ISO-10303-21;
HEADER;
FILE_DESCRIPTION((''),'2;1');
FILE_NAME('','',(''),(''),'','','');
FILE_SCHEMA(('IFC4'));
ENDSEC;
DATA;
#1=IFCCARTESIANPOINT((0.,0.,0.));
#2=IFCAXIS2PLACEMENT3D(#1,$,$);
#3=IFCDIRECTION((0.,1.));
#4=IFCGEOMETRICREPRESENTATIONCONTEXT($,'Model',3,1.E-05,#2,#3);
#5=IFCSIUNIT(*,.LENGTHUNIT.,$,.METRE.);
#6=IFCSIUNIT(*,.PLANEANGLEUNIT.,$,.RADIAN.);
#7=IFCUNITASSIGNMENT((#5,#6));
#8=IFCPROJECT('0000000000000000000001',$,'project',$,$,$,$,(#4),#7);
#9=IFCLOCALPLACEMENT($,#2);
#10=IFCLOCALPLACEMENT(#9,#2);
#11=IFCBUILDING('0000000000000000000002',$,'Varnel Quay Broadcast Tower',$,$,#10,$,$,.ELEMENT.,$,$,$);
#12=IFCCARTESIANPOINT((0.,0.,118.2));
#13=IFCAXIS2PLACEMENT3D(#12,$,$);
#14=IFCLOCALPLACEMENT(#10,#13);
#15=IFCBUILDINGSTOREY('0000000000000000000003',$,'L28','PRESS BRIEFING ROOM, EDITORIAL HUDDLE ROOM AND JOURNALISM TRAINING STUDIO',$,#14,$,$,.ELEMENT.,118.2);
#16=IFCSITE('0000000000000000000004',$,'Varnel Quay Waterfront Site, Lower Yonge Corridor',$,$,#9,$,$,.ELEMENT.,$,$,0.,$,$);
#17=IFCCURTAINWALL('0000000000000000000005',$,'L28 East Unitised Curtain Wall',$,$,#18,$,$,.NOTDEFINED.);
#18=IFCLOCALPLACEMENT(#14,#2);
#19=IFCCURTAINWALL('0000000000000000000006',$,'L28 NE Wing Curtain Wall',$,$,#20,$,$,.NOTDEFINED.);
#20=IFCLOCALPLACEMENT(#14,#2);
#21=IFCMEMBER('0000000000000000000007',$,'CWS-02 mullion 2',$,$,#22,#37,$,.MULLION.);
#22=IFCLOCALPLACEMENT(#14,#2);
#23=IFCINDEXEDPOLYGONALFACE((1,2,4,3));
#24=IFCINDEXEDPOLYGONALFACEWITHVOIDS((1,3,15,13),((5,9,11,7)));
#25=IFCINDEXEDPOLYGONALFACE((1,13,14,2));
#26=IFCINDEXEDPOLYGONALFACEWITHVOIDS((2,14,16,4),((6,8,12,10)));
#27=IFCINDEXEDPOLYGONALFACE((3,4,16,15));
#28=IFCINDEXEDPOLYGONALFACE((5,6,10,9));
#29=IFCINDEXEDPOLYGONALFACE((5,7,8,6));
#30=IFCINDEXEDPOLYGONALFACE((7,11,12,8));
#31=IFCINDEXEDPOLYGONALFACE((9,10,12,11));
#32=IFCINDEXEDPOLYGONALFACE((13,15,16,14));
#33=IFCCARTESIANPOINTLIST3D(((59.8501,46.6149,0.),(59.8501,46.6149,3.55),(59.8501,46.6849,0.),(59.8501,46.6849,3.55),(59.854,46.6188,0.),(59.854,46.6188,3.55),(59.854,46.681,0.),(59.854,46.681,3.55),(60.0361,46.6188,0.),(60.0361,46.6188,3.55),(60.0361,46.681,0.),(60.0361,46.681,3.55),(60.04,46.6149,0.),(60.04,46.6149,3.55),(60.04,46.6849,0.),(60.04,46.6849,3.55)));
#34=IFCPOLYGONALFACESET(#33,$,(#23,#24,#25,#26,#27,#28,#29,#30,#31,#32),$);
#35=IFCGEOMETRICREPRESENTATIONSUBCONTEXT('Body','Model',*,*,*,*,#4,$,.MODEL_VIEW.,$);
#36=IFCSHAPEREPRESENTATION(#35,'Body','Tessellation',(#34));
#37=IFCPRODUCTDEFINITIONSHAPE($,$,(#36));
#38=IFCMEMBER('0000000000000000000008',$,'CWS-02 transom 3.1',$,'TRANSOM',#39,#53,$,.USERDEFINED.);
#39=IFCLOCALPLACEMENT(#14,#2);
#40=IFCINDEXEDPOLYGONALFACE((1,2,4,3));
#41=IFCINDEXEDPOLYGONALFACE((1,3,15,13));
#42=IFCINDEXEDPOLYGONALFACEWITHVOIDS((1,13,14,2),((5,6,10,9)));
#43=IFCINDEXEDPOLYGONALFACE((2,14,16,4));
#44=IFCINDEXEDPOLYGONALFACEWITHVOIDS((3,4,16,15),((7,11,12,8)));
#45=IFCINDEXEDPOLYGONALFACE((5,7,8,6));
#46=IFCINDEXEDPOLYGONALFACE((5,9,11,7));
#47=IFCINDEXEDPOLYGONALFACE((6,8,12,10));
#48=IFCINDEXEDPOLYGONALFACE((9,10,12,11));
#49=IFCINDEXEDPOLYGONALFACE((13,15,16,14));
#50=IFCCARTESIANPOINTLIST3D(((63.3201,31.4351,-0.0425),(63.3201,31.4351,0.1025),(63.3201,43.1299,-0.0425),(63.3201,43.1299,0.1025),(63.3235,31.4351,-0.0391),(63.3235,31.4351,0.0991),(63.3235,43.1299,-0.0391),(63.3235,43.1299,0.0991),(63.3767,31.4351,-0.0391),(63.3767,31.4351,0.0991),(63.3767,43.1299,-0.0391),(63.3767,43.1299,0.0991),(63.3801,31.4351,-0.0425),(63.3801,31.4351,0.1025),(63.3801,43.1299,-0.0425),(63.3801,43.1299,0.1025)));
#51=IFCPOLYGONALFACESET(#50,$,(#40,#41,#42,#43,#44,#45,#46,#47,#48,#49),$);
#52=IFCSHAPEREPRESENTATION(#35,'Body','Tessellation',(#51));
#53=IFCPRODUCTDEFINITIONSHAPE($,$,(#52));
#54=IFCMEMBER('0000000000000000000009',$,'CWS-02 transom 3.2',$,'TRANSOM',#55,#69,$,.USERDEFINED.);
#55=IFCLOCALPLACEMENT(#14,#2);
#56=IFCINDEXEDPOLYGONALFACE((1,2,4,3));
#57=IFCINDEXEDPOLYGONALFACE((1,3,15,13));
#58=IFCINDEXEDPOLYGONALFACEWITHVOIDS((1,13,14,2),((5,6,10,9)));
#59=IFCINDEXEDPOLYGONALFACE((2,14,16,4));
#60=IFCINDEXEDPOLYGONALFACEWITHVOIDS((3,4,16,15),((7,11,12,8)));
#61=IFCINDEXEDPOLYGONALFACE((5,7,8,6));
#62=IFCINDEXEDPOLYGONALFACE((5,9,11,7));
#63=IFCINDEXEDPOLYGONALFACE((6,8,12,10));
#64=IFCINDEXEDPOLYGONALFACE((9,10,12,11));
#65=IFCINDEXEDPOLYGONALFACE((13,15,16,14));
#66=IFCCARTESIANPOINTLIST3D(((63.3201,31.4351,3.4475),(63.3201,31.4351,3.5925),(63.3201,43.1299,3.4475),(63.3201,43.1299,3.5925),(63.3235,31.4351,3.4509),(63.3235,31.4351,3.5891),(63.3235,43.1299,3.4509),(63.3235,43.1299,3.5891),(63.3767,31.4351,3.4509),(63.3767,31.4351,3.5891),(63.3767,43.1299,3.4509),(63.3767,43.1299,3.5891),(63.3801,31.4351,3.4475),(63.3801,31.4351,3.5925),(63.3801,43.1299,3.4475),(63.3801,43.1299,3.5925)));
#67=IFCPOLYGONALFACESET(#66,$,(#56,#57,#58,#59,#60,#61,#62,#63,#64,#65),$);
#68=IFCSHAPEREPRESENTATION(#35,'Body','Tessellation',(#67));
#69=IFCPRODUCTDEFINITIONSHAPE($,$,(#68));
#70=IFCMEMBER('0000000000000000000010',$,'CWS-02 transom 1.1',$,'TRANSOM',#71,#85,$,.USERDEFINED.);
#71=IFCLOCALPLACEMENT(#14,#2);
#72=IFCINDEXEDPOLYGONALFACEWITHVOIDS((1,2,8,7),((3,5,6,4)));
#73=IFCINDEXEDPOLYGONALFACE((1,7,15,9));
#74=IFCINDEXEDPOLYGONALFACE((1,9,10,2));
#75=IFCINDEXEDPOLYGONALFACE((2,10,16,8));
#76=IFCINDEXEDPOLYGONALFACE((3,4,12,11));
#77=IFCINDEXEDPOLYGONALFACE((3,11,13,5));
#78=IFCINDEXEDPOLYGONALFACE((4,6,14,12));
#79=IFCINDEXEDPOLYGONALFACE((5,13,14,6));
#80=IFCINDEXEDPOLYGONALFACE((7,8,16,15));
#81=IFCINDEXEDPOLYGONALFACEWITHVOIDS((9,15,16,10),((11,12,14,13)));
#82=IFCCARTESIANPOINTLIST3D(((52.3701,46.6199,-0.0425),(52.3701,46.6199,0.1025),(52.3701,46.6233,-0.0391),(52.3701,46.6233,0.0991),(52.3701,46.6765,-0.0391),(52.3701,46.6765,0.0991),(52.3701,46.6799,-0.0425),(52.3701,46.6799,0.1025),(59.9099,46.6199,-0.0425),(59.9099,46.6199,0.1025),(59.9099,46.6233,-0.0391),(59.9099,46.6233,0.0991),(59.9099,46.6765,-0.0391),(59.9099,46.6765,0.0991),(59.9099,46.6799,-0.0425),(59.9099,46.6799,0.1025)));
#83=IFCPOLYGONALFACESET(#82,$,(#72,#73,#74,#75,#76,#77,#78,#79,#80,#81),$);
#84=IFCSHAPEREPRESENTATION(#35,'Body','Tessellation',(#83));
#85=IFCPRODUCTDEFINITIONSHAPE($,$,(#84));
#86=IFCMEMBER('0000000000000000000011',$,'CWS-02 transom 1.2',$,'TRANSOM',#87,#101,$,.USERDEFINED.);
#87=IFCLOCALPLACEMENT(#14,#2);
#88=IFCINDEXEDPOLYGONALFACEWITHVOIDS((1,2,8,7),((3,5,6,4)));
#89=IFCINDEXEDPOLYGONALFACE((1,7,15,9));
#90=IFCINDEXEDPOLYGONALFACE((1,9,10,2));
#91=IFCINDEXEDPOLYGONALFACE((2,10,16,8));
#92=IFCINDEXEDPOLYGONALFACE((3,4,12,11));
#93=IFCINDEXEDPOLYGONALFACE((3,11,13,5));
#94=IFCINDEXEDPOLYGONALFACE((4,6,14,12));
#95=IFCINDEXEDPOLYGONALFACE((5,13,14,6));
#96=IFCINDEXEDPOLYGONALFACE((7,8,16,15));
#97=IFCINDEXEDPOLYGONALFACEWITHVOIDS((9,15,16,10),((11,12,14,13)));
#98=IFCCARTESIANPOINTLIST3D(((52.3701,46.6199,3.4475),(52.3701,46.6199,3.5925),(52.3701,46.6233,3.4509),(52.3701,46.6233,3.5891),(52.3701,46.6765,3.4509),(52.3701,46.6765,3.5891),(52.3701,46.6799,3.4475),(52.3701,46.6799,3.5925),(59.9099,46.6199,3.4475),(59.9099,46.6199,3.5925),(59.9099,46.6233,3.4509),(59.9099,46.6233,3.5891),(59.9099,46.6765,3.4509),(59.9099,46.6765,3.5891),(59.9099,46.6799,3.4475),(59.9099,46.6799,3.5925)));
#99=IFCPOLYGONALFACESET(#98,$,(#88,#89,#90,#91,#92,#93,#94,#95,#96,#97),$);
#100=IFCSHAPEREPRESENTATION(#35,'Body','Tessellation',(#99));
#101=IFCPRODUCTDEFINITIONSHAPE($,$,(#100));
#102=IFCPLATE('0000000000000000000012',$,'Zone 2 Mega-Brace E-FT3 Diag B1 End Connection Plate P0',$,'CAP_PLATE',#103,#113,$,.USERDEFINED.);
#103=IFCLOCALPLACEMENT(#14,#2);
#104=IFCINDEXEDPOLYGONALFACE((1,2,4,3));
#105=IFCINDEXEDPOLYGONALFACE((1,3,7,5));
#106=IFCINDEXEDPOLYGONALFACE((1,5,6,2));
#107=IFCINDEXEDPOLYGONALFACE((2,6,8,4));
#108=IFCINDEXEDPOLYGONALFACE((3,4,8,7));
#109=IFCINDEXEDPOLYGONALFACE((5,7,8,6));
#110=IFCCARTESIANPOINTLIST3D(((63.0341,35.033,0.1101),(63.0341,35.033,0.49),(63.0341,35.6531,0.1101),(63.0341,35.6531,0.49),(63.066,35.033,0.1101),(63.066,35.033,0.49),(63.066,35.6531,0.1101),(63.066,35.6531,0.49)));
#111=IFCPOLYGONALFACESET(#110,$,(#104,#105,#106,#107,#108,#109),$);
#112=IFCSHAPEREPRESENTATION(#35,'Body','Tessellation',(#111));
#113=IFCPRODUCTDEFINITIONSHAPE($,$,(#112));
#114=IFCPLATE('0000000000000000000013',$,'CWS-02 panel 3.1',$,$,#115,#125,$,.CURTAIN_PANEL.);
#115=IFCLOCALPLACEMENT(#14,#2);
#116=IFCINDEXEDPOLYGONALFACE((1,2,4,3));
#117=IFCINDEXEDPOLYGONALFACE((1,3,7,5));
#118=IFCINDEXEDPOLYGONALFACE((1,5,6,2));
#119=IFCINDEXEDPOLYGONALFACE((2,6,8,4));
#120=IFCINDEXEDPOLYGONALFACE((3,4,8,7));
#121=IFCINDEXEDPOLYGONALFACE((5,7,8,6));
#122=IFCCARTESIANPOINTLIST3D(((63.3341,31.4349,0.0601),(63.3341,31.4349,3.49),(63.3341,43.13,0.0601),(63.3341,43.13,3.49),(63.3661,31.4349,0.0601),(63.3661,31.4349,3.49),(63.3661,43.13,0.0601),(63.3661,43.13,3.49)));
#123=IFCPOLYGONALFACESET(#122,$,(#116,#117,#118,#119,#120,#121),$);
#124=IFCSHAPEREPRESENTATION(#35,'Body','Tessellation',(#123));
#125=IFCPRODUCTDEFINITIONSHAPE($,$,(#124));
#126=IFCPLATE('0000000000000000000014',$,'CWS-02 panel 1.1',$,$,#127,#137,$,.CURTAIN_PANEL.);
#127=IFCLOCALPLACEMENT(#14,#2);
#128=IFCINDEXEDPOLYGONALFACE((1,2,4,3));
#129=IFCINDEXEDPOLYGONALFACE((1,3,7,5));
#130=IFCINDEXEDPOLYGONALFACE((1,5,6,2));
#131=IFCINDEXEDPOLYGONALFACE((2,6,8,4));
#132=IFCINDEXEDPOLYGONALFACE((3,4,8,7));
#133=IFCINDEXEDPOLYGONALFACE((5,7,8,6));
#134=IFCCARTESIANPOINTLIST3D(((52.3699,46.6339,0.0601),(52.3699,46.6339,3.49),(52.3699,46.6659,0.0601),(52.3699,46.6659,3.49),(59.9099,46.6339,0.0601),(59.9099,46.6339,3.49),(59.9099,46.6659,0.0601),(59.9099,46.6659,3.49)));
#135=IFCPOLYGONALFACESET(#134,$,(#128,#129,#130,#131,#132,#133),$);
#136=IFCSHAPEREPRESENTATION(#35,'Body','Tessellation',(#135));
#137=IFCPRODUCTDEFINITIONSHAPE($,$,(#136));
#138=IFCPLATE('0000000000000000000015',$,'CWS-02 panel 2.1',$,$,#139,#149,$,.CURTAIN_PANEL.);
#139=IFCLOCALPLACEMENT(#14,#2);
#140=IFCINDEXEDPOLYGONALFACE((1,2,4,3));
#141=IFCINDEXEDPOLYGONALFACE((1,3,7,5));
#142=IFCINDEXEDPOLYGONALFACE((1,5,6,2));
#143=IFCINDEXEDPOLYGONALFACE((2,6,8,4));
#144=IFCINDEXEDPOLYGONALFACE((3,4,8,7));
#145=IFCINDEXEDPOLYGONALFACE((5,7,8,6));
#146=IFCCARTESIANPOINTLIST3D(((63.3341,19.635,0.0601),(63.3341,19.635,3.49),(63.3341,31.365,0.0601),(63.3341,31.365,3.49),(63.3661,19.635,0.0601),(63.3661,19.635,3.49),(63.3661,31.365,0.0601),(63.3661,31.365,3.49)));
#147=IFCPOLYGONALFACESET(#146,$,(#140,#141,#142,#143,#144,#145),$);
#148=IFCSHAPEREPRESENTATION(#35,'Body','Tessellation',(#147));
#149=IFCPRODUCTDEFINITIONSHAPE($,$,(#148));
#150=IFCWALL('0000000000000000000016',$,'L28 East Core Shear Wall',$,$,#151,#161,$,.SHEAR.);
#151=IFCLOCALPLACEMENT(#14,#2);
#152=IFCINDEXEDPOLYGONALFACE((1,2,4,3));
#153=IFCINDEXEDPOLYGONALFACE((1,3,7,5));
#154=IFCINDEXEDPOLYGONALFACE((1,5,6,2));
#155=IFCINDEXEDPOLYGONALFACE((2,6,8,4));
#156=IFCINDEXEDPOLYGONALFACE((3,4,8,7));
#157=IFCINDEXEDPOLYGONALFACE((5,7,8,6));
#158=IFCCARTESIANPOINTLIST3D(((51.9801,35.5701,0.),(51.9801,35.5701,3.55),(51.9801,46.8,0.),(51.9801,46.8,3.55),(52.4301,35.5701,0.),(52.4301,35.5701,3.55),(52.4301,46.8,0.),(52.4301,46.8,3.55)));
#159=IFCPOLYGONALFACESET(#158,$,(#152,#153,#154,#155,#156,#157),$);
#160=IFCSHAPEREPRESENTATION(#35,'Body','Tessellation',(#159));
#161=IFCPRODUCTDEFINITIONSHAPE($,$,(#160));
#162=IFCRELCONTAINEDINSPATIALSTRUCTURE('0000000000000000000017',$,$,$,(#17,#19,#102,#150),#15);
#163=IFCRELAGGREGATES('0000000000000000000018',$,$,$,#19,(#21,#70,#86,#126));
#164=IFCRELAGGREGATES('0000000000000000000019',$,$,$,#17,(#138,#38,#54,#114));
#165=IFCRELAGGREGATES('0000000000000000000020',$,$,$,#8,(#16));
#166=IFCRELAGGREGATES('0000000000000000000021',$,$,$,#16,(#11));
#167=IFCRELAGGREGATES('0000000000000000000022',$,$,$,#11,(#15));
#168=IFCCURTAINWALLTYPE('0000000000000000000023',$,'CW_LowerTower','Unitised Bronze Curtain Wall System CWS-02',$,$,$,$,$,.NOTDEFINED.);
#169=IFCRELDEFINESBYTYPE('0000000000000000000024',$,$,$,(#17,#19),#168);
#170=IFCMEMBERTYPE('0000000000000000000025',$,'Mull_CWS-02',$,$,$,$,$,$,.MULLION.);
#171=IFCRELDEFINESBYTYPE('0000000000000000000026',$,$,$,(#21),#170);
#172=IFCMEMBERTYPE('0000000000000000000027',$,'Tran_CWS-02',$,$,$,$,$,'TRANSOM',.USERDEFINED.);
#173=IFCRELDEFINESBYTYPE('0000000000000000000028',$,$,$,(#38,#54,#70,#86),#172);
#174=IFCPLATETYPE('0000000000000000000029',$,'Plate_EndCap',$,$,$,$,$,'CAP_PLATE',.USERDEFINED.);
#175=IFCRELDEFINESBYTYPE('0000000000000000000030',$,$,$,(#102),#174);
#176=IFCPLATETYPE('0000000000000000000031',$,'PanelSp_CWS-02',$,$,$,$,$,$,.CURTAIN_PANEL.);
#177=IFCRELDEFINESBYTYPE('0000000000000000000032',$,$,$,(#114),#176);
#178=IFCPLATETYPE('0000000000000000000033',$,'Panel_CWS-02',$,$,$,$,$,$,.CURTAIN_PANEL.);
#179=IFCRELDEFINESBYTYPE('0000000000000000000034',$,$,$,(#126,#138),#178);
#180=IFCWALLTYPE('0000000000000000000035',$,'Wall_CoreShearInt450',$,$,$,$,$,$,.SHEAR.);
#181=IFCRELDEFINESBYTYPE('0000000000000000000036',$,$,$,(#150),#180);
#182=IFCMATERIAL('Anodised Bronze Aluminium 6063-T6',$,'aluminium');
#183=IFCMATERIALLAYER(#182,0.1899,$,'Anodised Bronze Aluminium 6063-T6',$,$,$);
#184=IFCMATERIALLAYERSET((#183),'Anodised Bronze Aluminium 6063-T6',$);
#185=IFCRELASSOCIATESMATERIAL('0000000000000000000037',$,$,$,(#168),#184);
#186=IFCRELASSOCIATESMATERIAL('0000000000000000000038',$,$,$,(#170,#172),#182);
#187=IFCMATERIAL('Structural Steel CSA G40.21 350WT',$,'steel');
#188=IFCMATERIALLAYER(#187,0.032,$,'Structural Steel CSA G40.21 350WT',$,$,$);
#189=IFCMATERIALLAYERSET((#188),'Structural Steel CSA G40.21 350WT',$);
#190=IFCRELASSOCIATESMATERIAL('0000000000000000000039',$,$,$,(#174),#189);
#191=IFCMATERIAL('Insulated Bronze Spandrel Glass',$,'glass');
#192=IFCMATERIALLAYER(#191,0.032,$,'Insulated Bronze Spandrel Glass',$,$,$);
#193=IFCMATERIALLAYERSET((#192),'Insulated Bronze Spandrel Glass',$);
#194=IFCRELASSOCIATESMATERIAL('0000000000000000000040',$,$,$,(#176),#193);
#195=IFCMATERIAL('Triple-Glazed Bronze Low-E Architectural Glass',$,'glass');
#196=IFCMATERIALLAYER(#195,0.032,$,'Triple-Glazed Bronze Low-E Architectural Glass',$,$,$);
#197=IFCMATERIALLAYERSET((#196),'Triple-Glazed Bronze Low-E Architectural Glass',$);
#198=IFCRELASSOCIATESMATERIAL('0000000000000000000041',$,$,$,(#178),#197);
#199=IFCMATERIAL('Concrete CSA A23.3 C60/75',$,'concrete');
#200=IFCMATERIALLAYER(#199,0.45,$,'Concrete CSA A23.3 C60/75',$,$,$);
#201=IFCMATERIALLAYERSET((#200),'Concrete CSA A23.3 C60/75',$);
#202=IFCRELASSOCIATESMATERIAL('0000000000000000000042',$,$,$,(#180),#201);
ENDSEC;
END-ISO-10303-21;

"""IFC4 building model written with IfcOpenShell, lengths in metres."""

from ifc_helpers import new_model, si_unit, direction, frame, frame_2d, origin, origin_2d, place, context, subcontext, project, spatial, rectangle, hollow_rectangle, extrude, source, transform, mapped, material, layer, layer_set, material_profile, profile_set, type_object, type_shapes, element, aggregate, save


model = new_model("IFC4")

# Units and contexts
model_context = context("Model", 3, precision=1e-05, world=origin(), true_north=direction((0.0, 1.0)))
body_context = subcontext(model_context, "Body", "Model", "MODEL_VIEW")
ifc_project = project(units=[si_unit("LENGTHUNIT", "METRE"), si_unit("PLANEANGLEUNIT", "RADIAN")], contexts=[model_context])

# Site, building, storey
site_placement = place(None, origin())
site = spatial("IfcSite", under=ifc_project, at=site_placement, Name="Varnel Quay Waterfront Site, Lower Yonge Corridor", CompositionType="ELEMENT", RefElevation=0.0)
building_placement = place(site_placement, origin())
building = spatial("IfcBuilding", under=site, at=building_placement, Name="Varnel Quay Broadcast Tower", CompositionType="ELEMENT")
storey_placement = place(building_placement, frame((0.0, 0.0, 118.2)))
storey = spatial("IfcBuildingStorey", under=building, at=storey_placement, Name="L28", Description="PRESS BRIEFING ROOM, EDITORIAL HUDDLE ROOM AND JOURNALISM TRAINING STUDIO", CompositionType="ELEMENT", Elevation=118.2)

# Shared definitions
ifc_material_1 = material(Name="Structural Steel CSA G40.21 350WT", Category="steel")

# Curtain walls, member
ifc_material_2 = material(Name="Anodised Bronze Aluminium 6063-T6", Category="aluminium")
ifc_layer_1 = layer(ifc_material_2, 0.1899, Name="Anodised Bronze Aluminium 6063-T6")
ifc_layer_set_1 = layer_set([ifc_layer_1], Name="Anodised Bronze Aluminium 6063-T6")
curtain_wall_type = type_object("IfcCurtainWallType", Name="CW_LowerTower", Description="Unitised Bronze Curtain Wall System CWS-02", PredefinedType="NOTDEFINED", material=ifc_layer_set_1)
curtain_wall_1_placement = place(storey_placement, origin())
curtain_wall_1 = element("IfcCurtainWall", 1, at=curtain_wall_1_placement, inside=storey, type_object=curtain_wall_type, Name="L28 East Unitised Curtain Wall", PredefinedType="NOTDEFINED")
ifc_material_profile_1 = material_profile(ifc_material_2, hollow_rectangle(XDim=0.0701, YDim=0.1899, WallThickness=0.0039, at=origin_2d()), Name="ALU70X190X4")
ifc_profile_set_1 = profile_set([ifc_material_profile_1], Name="Anodised Bronze Aluminium 6063-T6")
member_type_1 = type_object("IfcMemberType", Name="Mull_CWS-02", PredefinedType="MULLION", material=ifc_profile_set_1)
shared_shape_1 = source(origin(), body_context, "Body", "SweptSolid", [
    extrude(hollow_rectangle(XDim=0.0701, YDim=0.1899, WallThickness=0.0039, at=origin_2d()), origin(), (0.0, 0.0, 1.0), 3.55),
])
type_shapes(member_type_1, [shared_shape_1])
curtain_wall_2_placement = place(storey_placement, origin())
curtain_wall_2 = element("IfcCurtainWall", 2, at=curtain_wall_2_placement, inside=storey, type_object=curtain_wall_type, Name="L28 NE Wing Curtain Wall", PredefinedType="NOTDEFINED")
member_1_placement = place(storey_placement, frame((59.9451, 46.6499, 0.0), z_axis=(0.0, 0.0, 1.0), x_axis=(0.0, 1.0, 0.0)))
member_1 = element("IfcMember", 3, at=member_1_placement, type_object=member_type_1, Name="CWS-02 mullion 2", PredefinedType="MULLION", context=body_context, shape_type="MappedRepresentation", body=[
    mapped(shared_shape_1, transform((0.0, 0.0, 0.0), x_axis=(1.0, 0.0, 0.0), y_axis=(0.0, 1.0, 0.0), z_axis=(0.0, 0.0, 1.0), scale=1.0)),
])

# Members
ifc_material_profile_2 = material_profile(ifc_material_2, hollow_rectangle(XDim=0.0601, YDim=0.145, WallThickness=0.0034, at=origin_2d()), Name="ALU60X145X3.5")
ifc_profile_set_2 = profile_set([ifc_material_profile_2], Name="Anodised Bronze Aluminium 6063-T6")
member_type_2 = type_object("IfcMemberType", Name="Tran_CWS-02", ElementType="TRANSOM", PredefinedType="USERDEFINED", material=ifc_profile_set_2)
shared_shape_2 = source(origin(), body_context, "Body", "SweptSolid", [
    extrude(hollow_rectangle(XDim=0.0601, YDim=0.145, WallThickness=0.0034, at=origin_2d()), origin(), (0.0, 0.0, 1.0), 11.6948),
])
member_2_placement = place(storey_placement, frame((63.3501, 31.4351, 0.03), z_axis=(0.0, 1.0, 0.0), x_axis=(-1.0, 0.0, 0.0)))
member_2 = element("IfcMember", 4, at=member_2_placement, type_object=member_type_2, Name="CWS-02 transom 3.1", ObjectType="TRANSOM", PredefinedType="USERDEFINED", context=body_context, shape_type="MappedRepresentation", body=[
    mapped(shared_shape_2, transform((0.0, 0.0, 0.0), x_axis=(1.0, 0.0, 0.0), y_axis=(0.0, 1.0, 0.0), z_axis=(0.0, 0.0, 1.0), scale=1.0)),
])
member_3_placement = place(storey_placement, frame((63.3501, 31.4351, 3.52), z_axis=(0.0, 1.0, 0.0), x_axis=(-1.0, 0.0, 0.0)))
member_3 = element("IfcMember", 5, at=member_3_placement, type_object=member_type_2, Name="CWS-02 transom 3.2", ObjectType="TRANSOM", PredefinedType="USERDEFINED", context=body_context, shape_type="MappedRepresentation", body=[
    mapped(shared_shape_2, transform((0.0, 0.0, 0.0), x_axis=(1.0, 0.0, 0.0), y_axis=(0.0, 1.0, 0.0), z_axis=(0.0, 0.0, 1.0), scale=1.0)),
])
shared_shape_3 = source(origin(), body_context, "Body", "SweptSolid", [
    extrude(hollow_rectangle(XDim=0.0601, YDim=0.145, WallThickness=0.0034, at=origin_2d()), origin(), (0.0, 0.0, 1.0), 7.5398),
])
type_shapes(member_type_2, [shared_shape_2, shared_shape_3])
member_4_placement = place(storey_placement, frame((52.3701, 46.6499, 0.03), z_axis=(1.0, 0.0, 0.0), x_axis=(0.0, 1.0, 0.0)))
member_4 = element("IfcMember", 6, at=member_4_placement, type_object=member_type_2, Name="CWS-02 transom 1.1", ObjectType="TRANSOM", PredefinedType="USERDEFINED", context=body_context, shape_type="MappedRepresentation", body=[
    mapped(shared_shape_3, transform((0.0, 0.0, 0.0), x_axis=(1.0, 0.0, 0.0), y_axis=(0.0, 1.0, 0.0), z_axis=(0.0, 0.0, 1.0), scale=1.0)),
])
member_5_placement = place(storey_placement, frame((52.3701, 46.6499, 3.52), z_axis=(1.0, 0.0, 0.0), x_axis=(0.0, 1.0, 0.0)))
member_5 = element("IfcMember", 7, at=member_5_placement, type_object=member_type_2, Name="CWS-02 transom 1.2", ObjectType="TRANSOM", PredefinedType="USERDEFINED", context=body_context, shape_type="MappedRepresentation", body=[
    mapped(shared_shape_3, transform((0.0, 0.0, 0.0), x_axis=(1.0, 0.0, 0.0), y_axis=(0.0, 1.0, 0.0), z_axis=(0.0, 0.0, 1.0), scale=1.0)),
])

# Plates
ifc_layer_2 = layer(ifc_material_1, 0.032, Name="Structural Steel CSA G40.21 350WT")
ifc_layer_set_2 = layer_set([ifc_layer_2], Name="Structural Steel CSA G40.21 350WT")
plate_type_1 = type_object("IfcPlateType", Name="Plate_EndCap", ElementType="CAP_PLATE", PredefinedType="USERDEFINED", material=ifc_layer_set_2)
shared_shape_4 = source(origin(), body_context, "Body", "SweptSolid", [
    extrude(rectangle(XDim=0.6201, YDim=0.032, at=origin_2d()), origin(), (0.0, 0.0, 1.0), 0.3799),
])
type_shapes(plate_type_1, [shared_shape_4])
plate_1_placement = place(storey_placement, frame((63.05, 35.343, 0.1101), z_axis=(0.0, 0.0, 1.0), x_axis=(0.0, 1.0, 0.0)))
element("IfcPlate", 8, at=plate_1_placement, inside=storey, type_object=plate_type_1, Name="Zone 2 Mega-Brace E-FT3 Diag B1 End Connection Plate P0", ObjectType="CAP_PLATE", PredefinedType="USERDEFINED", context=body_context, shape_type="MappedRepresentation", body=[
    mapped(shared_shape_4, transform((0.0, 0.0, 0.0), x_axis=(1.0, 0.0, 0.0), y_axis=(0.0, 1.0, 0.0), z_axis=(0.0, 0.0, 1.0), scale=1.0)),
])
ifc_material_3 = material(Name="Insulated Bronze Spandrel Glass", Category="glass")
ifc_layer_3 = layer(ifc_material_3, 0.032, Name="Insulated Bronze Spandrel Glass")
ifc_layer_set_3 = layer_set([ifc_layer_3], Name="Insulated Bronze Spandrel Glass")
plate_type_2 = type_object("IfcPlateType", Name="PanelSp_CWS-02", PredefinedType="CURTAIN_PANEL", material=ifc_layer_set_3)
shared_shape_5 = source(origin(), body_context, "Body", "SweptSolid", [
    extrude(rectangle(XDim=11.6951, YDim=0.032, at=origin_2d()), origin(), (0.0, 0.0, 1.0), 3.4299),
])
type_shapes(plate_type_2, [shared_shape_5])
plate_2_placement = place(storey_placement, frame((63.3501, 37.2825, 0.0601), z_axis=(0.0, 0.0, 1.0), x_axis=(0.0, 1.0, 0.0)))
plate_2 = element("IfcPlate", 9, at=plate_2_placement, type_object=plate_type_2, Name="CWS-02 panel 3.1", PredefinedType="CURTAIN_PANEL", context=body_context, shape_type="MappedRepresentation", body=[
    mapped(shared_shape_5, transform((0.0, 0.0, 0.0), x_axis=(1.0, 0.0, 0.0), y_axis=(0.0, 1.0, 0.0), z_axis=(0.0, 0.0, 1.0), scale=1.0)),
])
ifc_material_4 = material(Name="Triple-Glazed Bronze Low-E Architectural Glass", Category="glass")
ifc_layer_4 = layer(ifc_material_4, 0.032, Name="Triple-Glazed Bronze Low-E Architectural Glass")
ifc_layer_set_4 = layer_set([ifc_layer_4], Name="Triple-Glazed Bronze Low-E Architectural Glass")
plate_type_3 = type_object("IfcPlateType", Name="Panel_CWS-02", PredefinedType="CURTAIN_PANEL", material=ifc_layer_set_4)
shared_shape_6 = source(origin(), body_context, "Body", "SweptSolid", [
    extrude(rectangle(XDim=7.54, YDim=0.032, at=origin_2d()), origin(), (0.0, 0.0, 1.0), 3.4299),
])
plate_3_placement = place(storey_placement, frame((56.1399, 46.6499, 0.0601), z_axis=(0.0, 0.0, 1.0), x_axis=(1.0, 0.0, 0.0)))
plate_3 = element("IfcPlate", 10, at=plate_3_placement, type_object=plate_type_3, Name="CWS-02 panel 1.1", PredefinedType="CURTAIN_PANEL", context=body_context, shape_type="MappedRepresentation", body=[
    mapped(shared_shape_6, transform((0.0, 0.0, 0.0), x_axis=(1.0, 0.0, 0.0), y_axis=(0.0, 1.0, 0.0), z_axis=(0.0, 0.0, 1.0), scale=1.0)),
])
aggregate(curtain_wall_2, [member_1, member_4, member_5, plate_3])
shared_shape_7 = source(origin(), body_context, "Body", "SweptSolid", [
    extrude(rectangle(XDim=11.73, YDim=0.032, at=origin_2d()), origin(), (0.0, 0.0, 1.0), 3.4299),
])
type_shapes(plate_type_3, [shared_shape_6, shared_shape_7])
plate_4_placement = place(storey_placement, frame((63.3501, 25.5, 0.0601), z_axis=(0.0, 0.0, 1.0), x_axis=(0.0, 1.0, 0.0)))
plate_4 = element("IfcPlate", 11, at=plate_4_placement, type_object=plate_type_3, Name="CWS-02 panel 2.1", PredefinedType="CURTAIN_PANEL", context=body_context, shape_type="MappedRepresentation", body=[
    mapped(shared_shape_7, transform((0.0, 0.0, 0.0), x_axis=(1.0, 0.0, 0.0), y_axis=(0.0, 1.0, 0.0), z_axis=(0.0, 0.0, 1.0), scale=1.0)),
])
aggregate(curtain_wall_1, [plate_4, member_2, member_3, plate_2])

# Wall
ifc_material_5 = material(Name="Concrete CSA A23.3 C60/75", Category="concrete")
ifc_layer_5 = layer(ifc_material_5, 0.45, Name="Concrete CSA A23.3 C60/75")
ifc_layer_set_5 = layer_set([ifc_layer_5], Name="Concrete CSA A23.3 C60/75")
wall_type_1 = type_object("IfcWallType", Name="Wall_CoreShearInt450", PredefinedType="SHEAR", material=ifc_layer_set_5)
wall_1_placement = place(storey_placement, frame((52.2051, 35.5701, 0.0), z_axis=(0.0, 0.0, 1.0), x_axis=(0.0, 1.0, 0.0)))
element("IfcWall", 12, at=wall_1_placement, inside=storey, type_object=wall_type_1, Name="L28 East Core Shear Wall", PredefinedType="SHEAR", context=body_context, shape_type="SweptSolid", body=[
    extrude(rectangle(XDim=11.23, YDim=0.45, at=frame_2d((5.615, 0.0))), origin(), (0.0, 0.0, 1.0), 3.55),
])

save(model, "model.ifc")
